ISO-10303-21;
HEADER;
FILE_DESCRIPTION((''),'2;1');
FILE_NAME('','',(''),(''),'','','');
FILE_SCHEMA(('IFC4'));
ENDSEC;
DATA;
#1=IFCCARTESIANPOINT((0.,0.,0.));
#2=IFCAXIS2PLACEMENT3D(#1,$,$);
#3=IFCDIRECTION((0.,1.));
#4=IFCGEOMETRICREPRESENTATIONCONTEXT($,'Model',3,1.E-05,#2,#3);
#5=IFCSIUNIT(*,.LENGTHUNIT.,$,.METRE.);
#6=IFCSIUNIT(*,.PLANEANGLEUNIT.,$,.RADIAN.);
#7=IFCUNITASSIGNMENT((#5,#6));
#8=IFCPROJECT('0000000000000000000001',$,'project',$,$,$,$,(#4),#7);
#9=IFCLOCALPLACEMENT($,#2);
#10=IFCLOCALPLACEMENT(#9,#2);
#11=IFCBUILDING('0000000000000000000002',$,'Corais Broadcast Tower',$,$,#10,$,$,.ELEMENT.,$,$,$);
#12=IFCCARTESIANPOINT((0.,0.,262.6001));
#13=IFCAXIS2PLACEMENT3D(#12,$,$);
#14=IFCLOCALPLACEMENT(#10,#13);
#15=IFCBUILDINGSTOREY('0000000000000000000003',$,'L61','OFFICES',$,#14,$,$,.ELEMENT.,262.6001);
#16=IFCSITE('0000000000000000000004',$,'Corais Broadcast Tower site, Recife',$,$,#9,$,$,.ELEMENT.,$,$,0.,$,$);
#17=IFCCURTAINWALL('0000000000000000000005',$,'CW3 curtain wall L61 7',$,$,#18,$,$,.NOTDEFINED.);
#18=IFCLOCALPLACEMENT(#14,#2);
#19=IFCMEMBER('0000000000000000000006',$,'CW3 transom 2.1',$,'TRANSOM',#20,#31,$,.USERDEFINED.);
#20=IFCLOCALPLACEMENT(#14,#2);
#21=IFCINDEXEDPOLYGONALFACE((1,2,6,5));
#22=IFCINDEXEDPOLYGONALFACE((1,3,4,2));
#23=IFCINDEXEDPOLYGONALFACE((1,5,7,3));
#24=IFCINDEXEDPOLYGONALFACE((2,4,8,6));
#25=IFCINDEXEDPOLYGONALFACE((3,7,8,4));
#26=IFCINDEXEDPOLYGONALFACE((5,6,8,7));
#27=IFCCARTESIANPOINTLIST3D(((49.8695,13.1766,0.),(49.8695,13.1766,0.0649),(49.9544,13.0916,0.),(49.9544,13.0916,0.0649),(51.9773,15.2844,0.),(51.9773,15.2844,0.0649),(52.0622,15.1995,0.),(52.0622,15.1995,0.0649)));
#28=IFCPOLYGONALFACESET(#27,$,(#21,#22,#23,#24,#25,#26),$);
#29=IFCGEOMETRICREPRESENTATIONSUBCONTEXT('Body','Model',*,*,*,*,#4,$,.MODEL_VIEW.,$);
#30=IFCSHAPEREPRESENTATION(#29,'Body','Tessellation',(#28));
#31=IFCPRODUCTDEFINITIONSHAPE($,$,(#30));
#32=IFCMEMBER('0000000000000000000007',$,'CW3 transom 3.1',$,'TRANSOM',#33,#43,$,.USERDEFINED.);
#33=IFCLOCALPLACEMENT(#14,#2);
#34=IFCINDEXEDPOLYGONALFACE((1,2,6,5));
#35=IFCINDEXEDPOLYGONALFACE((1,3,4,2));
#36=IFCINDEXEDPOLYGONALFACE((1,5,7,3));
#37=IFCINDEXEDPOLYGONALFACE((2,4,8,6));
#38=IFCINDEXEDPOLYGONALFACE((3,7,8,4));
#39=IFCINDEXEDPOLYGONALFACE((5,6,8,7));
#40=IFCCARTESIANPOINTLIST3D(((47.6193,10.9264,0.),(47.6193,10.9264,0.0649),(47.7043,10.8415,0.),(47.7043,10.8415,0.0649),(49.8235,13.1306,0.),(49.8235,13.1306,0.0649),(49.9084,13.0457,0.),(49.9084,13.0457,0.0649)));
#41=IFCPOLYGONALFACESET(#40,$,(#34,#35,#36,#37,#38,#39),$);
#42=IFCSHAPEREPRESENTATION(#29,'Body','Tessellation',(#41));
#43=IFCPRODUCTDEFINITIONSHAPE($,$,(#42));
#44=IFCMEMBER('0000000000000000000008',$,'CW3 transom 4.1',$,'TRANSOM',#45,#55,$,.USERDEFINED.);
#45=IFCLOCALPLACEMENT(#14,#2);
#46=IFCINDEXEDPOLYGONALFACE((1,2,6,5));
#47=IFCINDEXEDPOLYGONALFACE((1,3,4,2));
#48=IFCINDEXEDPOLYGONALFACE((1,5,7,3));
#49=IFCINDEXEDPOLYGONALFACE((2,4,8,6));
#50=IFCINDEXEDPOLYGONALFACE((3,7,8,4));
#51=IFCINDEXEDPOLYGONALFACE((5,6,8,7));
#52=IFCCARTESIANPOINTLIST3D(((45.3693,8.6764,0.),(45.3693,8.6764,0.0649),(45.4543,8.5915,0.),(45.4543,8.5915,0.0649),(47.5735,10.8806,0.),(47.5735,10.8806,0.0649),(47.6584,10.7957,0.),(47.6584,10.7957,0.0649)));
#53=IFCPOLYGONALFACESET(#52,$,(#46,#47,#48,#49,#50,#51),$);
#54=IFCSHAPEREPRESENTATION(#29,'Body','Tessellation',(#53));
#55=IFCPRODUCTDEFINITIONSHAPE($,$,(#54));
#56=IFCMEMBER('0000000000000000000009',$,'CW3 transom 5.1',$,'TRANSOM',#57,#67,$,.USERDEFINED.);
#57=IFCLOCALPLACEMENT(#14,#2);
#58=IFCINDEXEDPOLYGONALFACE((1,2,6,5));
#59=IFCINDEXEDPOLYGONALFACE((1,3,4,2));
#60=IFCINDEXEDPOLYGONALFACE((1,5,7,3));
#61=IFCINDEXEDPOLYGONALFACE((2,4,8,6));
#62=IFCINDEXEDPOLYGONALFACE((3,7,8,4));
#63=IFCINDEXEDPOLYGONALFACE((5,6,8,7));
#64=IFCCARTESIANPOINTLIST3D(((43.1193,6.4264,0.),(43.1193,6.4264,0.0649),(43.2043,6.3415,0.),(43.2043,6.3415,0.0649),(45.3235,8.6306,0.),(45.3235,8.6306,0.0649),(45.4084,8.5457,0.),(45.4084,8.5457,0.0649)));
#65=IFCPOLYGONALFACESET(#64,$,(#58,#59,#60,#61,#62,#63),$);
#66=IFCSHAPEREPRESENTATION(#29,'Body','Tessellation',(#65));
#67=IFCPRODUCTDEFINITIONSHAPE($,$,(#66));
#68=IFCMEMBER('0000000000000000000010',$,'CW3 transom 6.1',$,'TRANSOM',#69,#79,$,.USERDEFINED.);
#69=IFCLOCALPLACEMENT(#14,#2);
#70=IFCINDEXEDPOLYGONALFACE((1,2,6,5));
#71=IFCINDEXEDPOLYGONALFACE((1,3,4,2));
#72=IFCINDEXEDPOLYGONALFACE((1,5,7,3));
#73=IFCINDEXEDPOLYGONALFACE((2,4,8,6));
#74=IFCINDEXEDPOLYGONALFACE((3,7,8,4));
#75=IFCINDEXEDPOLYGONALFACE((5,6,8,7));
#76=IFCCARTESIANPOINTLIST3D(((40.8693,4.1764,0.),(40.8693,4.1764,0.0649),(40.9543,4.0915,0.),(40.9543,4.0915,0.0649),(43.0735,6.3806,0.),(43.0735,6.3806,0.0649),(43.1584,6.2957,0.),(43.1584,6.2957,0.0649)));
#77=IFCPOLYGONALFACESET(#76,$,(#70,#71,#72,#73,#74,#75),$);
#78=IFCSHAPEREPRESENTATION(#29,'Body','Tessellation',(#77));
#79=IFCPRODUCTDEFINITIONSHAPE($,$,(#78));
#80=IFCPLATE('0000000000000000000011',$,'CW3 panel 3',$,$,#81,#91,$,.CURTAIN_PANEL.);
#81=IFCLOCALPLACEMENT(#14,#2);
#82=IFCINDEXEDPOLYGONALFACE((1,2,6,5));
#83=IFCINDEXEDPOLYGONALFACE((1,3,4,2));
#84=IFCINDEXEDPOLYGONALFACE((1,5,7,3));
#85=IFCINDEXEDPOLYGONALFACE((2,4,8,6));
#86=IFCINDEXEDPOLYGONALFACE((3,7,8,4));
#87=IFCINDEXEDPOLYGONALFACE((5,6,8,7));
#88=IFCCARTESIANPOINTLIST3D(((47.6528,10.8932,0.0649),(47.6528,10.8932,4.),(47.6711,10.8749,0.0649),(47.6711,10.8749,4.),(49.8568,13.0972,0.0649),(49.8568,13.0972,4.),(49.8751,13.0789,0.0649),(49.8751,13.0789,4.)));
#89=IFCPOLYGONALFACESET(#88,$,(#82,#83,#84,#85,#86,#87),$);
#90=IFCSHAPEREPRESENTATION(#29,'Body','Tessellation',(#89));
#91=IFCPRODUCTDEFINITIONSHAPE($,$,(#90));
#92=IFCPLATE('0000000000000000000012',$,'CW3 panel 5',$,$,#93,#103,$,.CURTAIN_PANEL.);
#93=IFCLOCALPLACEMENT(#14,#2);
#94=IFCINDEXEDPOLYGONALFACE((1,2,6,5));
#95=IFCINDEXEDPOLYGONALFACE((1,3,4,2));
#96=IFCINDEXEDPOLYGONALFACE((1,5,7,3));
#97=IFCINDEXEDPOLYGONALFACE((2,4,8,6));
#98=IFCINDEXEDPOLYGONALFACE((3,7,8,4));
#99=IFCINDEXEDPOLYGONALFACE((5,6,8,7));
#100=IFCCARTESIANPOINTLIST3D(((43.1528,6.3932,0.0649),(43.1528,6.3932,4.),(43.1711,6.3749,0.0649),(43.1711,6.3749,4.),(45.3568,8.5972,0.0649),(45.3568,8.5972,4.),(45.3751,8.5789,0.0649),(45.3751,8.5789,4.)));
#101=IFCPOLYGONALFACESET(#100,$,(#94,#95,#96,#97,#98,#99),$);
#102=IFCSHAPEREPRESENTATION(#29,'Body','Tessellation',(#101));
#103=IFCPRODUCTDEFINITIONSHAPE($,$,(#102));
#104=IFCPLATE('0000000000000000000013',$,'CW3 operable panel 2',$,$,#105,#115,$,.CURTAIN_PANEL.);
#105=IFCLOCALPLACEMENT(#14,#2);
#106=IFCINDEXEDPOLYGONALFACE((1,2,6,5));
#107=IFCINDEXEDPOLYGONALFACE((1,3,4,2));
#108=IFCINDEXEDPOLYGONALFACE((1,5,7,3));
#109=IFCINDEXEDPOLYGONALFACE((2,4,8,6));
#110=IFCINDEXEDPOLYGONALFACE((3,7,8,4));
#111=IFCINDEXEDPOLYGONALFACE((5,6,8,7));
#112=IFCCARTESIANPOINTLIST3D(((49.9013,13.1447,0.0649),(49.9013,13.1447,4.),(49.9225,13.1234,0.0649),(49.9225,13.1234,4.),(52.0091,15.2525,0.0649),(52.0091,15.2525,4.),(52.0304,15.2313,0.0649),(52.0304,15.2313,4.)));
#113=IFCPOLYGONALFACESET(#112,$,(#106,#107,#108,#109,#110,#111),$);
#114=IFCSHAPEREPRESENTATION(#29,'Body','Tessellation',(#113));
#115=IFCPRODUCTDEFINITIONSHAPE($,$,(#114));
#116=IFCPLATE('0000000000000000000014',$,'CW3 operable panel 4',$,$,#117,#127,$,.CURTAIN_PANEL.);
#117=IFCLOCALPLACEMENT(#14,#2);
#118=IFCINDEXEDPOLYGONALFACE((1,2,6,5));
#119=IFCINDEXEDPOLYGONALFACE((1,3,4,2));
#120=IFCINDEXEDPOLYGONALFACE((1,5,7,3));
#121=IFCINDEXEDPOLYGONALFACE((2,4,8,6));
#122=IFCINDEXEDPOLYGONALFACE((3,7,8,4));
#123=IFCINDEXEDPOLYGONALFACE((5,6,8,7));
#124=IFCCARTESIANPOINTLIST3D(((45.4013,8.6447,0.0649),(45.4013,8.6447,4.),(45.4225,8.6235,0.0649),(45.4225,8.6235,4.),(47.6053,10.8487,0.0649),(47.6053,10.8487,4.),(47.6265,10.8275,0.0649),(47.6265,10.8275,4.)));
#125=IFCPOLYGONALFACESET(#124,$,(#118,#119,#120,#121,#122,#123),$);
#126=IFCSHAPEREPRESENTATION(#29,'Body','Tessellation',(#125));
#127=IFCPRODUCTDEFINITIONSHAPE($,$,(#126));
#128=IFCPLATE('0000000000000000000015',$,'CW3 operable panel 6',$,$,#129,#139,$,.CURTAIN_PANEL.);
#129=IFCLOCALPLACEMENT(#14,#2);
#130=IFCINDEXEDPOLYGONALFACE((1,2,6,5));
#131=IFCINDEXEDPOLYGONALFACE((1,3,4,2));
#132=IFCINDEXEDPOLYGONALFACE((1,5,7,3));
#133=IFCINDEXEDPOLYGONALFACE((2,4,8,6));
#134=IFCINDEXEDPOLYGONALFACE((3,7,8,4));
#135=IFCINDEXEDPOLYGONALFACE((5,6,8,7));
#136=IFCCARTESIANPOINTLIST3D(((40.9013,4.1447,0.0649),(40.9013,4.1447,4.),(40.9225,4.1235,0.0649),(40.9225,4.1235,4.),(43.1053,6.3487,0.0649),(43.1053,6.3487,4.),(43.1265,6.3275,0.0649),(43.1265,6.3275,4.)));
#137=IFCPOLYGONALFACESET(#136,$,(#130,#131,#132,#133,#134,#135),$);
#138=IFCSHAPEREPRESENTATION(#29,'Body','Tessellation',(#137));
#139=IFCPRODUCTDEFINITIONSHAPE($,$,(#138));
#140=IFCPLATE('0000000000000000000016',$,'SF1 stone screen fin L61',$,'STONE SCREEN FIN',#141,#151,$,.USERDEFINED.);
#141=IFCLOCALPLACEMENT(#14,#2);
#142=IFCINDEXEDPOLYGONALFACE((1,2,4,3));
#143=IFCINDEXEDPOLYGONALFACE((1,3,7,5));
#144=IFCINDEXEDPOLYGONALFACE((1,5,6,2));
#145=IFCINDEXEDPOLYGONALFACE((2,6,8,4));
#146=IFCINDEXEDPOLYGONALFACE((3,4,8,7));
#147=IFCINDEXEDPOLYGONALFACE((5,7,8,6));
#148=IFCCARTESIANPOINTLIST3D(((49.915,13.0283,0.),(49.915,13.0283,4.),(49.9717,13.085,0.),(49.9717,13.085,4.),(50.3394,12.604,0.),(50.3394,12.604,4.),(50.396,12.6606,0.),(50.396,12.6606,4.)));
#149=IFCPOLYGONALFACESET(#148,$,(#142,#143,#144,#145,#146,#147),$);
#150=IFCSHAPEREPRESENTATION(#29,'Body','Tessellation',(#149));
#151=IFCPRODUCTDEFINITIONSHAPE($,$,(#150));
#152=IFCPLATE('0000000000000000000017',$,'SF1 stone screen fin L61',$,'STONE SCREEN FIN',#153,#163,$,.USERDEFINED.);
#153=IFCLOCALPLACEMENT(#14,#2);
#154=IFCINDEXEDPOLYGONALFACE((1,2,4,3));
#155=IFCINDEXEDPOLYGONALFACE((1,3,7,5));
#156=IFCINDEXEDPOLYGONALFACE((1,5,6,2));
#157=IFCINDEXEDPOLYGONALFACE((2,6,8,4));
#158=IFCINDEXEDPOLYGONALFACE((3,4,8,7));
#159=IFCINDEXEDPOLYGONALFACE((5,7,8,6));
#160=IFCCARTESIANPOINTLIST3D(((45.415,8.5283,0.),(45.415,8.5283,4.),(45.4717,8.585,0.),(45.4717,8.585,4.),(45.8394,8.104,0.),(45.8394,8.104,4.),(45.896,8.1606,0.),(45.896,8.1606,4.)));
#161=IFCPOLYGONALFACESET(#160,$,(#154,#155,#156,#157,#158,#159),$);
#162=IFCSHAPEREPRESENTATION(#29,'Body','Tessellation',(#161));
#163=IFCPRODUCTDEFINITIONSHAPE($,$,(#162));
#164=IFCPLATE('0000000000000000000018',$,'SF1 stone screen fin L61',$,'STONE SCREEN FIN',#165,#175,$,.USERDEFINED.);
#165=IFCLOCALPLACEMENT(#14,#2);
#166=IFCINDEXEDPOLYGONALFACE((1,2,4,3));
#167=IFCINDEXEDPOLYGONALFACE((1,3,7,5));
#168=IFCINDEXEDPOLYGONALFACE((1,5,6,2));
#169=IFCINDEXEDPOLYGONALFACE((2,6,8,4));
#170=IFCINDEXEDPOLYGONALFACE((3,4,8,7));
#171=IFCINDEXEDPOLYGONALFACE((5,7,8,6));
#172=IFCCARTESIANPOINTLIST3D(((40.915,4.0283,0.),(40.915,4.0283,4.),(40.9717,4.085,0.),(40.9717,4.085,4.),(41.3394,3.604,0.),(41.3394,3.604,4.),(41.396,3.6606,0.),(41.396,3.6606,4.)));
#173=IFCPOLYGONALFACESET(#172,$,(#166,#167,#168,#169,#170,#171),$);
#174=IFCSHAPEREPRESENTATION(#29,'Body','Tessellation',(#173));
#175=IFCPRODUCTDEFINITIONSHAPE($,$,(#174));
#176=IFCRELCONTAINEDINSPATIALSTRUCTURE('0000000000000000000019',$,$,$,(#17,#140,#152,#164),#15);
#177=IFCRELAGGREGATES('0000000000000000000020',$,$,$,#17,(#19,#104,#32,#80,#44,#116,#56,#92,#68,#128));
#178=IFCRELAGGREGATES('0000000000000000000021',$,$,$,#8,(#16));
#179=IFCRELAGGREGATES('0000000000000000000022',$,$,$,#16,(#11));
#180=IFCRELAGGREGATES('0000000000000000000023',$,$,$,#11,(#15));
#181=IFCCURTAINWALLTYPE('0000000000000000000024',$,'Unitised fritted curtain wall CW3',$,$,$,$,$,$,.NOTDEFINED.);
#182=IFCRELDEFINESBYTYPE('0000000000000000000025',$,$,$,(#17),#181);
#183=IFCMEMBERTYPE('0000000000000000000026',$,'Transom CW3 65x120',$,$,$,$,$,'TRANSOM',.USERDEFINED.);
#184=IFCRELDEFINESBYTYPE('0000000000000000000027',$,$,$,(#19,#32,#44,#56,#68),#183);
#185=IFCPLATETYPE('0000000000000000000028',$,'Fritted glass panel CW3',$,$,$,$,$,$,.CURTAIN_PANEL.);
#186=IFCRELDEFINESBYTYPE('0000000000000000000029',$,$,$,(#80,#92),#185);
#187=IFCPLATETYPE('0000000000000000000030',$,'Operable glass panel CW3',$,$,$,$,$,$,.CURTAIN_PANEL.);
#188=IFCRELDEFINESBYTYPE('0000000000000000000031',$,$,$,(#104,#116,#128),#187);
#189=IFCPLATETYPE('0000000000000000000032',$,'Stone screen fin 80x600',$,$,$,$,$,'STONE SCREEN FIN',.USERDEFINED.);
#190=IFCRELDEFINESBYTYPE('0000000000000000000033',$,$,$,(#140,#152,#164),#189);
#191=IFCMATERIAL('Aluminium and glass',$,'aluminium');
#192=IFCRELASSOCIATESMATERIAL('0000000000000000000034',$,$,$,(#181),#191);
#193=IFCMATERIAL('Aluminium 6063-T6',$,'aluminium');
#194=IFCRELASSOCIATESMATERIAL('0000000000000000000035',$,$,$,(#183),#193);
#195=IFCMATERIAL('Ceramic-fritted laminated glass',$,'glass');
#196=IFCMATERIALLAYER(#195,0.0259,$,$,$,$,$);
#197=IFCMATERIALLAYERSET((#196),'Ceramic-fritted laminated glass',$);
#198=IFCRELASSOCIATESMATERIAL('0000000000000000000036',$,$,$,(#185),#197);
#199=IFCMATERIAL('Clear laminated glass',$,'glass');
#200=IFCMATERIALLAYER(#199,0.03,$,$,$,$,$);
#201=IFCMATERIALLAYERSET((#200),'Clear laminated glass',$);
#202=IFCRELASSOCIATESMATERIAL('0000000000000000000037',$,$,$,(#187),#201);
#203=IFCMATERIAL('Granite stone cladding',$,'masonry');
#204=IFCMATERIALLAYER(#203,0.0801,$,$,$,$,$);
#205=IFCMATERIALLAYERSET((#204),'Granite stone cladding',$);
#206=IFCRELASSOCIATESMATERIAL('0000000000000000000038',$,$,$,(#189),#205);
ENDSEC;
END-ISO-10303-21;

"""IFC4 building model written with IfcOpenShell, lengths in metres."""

from ifc_helpers import new_model, si_unit, direction, frame, origin, origin_2d, place, context, subcontext, project, spatial, rectangle, extrude, material, layer, layer_set, material_profile, profile_set, type_object, element, aggregate, save


model = new_model("IFC4")

# Units and contexts
model_context = context("Model", 3, precision=1e-05, world=origin(), true_north=direction((0.0, 1.0)))
body_context = subcontext(model_context, "Body", "Model", "MODEL_VIEW")
ifc_project = project(units=[si_unit("LENGTHUNIT", "METRE"), si_unit("PLANEANGLEUNIT", "RADIAN")], contexts=[model_context])

# Site, building, storey
site_placement = place(None, origin())
site = spatial("IfcSite", under=ifc_project, at=site_placement, Name="Corais Broadcast Tower site, Recife", CompositionType="ELEMENT", RefElevation=0.0)
building_placement = place(site_placement, origin())
building = spatial("IfcBuilding", under=site, at=building_placement, Name="Corais Broadcast Tower", CompositionType="ELEMENT")
storey_placement = place(building_placement, frame((0.0, 0.0, 262.6001)))
storey = spatial("IfcBuildingStorey", under=building, at=storey_placement, Name="L61", Description="OFFICES", CompositionType="ELEMENT", Elevation=262.6001)

# Curtain wall
ifc_material_1 = material(Name="Aluminium and glass", Category="aluminium")
curtain_wall_type = type_object("IfcCurtainWallType", Name="Unitised fritted curtain wall CW3", PredefinedType="NOTDEFINED", material=ifc_material_1)
curtain_wall_placement = place(storey_placement, origin())
curtain_wall = element("IfcCurtainWall", 1, at=curtain_wall_placement, inside=storey, type_object=curtain_wall_type, Name="CW3 curtain wall L61 7", PredefinedType="NOTDEFINED")

# Members
ifc_material_2 = material(Name="Aluminium 6063-T6", Category="aluminium")
ifc_material_profile_1 = material_profile(ifc_material_2, rectangle(XDim=0.1201, YDim=0.0649, at=origin_2d()), Name="Transom CW3 65x120")
ifc_profile_set_1 = profile_set([ifc_material_profile_1], Name="Aluminium 6063-T6")
member_type_1 = type_object("IfcMemberType", Name="Transom CW3 65x120", ElementType="TRANSOM", PredefinedType="USERDEFINED", material=ifc_profile_set_1)
member_1_placement = place(storey_placement, frame((52.0198, 15.2419, 0.0325), z_axis=(-0.707107, -0.707107, 0.0), x_axis=(0.707107, -0.707107, 0.0)))
member_1 = element("IfcMember", 2, at=member_1_placement, type_object=member_type_1, Name="CW3 transom 2.1", ObjectType="TRANSOM", PredefinedType="USERDEFINED", context=body_context, shape_type="SweptSolid", body=[
    extrude(rectangle(XDim=0.1201, YDim=0.0649, at=origin_2d()), origin(), (0.0, 0.0, 1.0), 2.981),
])
member_2_placement = place(storey_placement, frame((49.866, 13.0881, 0.0325), z_axis=(-0.707107, -0.707107, 0.0), x_axis=(0.707107, -0.707107, 0.0)))
member_2 = element("IfcMember", 3, at=member_2_placement, type_object=member_type_1, Name="CW3 transom 3.1", ObjectType="TRANSOM", PredefinedType="USERDEFINED", context=body_context, shape_type="SweptSolid", body=[
    extrude(rectangle(XDim=0.1201, YDim=0.0649, at=origin_2d()), origin(), (0.0, 0.0, 1.0), 3.1172),
])
member_3_placement = place(storey_placement, frame((47.616, 10.8381, 0.0325), z_axis=(-0.707107, -0.707107, 0.0), x_axis=(0.707107, -0.707107, 0.0)))
member_3 = element("IfcMember", 4, at=member_3_placement, type_object=member_type_1, Name="CW3 transom 4.1", ObjectType="TRANSOM", PredefinedType="USERDEFINED", context=body_context, shape_type="SweptSolid", body=[
    extrude(rectangle(XDim=0.1201, YDim=0.0649, at=origin_2d()), origin(), (0.0, 0.0, 1.0), 3.1172),
])
member_4_placement = place(storey_placement, frame((45.366, 8.5881, 0.0325), z_axis=(-0.707107, -0.707107, 0.0), x_axis=(0.707107, -0.707107, 0.0)))
member_4 = element("IfcMember", 5, at=member_4_placement, type_object=member_type_1, Name="CW3 transom 5.1", ObjectType="TRANSOM", PredefinedType="USERDEFINED", context=body_context, shape_type="SweptSolid", body=[
    extrude(rectangle(XDim=0.1201, YDim=0.0649, at=origin_2d()), origin(), (0.0, 0.0, 1.0), 3.1172),
])
member_5_placement = place(storey_placement, frame((43.116, 6.3381, 0.0325), z_axis=(-0.707107, -0.707107, 0.0), x_axis=(0.707107, -0.707107, 0.0)))
member_5 = element("IfcMember", 6, at=member_5_placement, type_object=member_type_1, Name="CW3 transom 6.1", ObjectType="TRANSOM", PredefinedType="USERDEFINED", context=body_context, shape_type="SweptSolid", body=[
    extrude(rectangle(XDim=0.1201, YDim=0.0649, at=origin_2d()), origin(), (0.0, 0.0, 1.0), 3.1172),
])

# Plates
ifc_material_3 = material(Name="Ceramic-fritted laminated glass", Category="glass")
ifc_layer_1 = layer(ifc_material_3, 0.0259)
ifc_layer_set_1 = layer_set([ifc_layer_1], Name="Ceramic-fritted laminated glass")
plate_type_1 = type_object("IfcPlateType", Name="Fritted glass panel CW3", PredefinedType="CURTAIN_PANEL", material=ifc_layer_set_1)
plate_1_placement = place(storey_placement, frame((48.7639, 11.9861, 0.0649), z_axis=(0.0, 0.0, 1.0), x_axis=(-0.707107, -0.707107, 0.0)))
plate_1 = element("IfcPlate", 7, at=plate_1_placement, type_object=plate_type_1, Name="CW3 panel 3", PredefinedType="CURTAIN_PANEL", context=body_context, shape_type="SweptSolid", body=[
    extrude(rectangle(XDim=3.1169, YDim=0.0259, at=origin_2d()), origin(), (0.0, 0.0, 1.0), 3.9351),
])
plate_2_placement = place(storey_placement, frame((44.2639, 7.4861, 0.0649), z_axis=(0.0, 0.0, 1.0), x_axis=(-0.707107, -0.707107, 0.0)))
plate_2 = element("IfcPlate", 8, at=plate_2_placement, type_object=plate_type_1, Name="CW3 panel 5", PredefinedType="CURTAIN_PANEL", context=body_context, shape_type="SweptSolid", body=[
    extrude(rectangle(XDim=3.1169, YDim=0.0259, at=origin_2d()), origin(), (0.0, 0.0, 1.0), 3.9351),
])
ifc_material_4 = material(Name="Clear laminated glass", Category="glass")
ifc_layer_2 = layer(ifc_material_4, 0.03)
ifc_layer_set_2 = layer_set([ifc_layer_2], Name="Clear laminated glass")
plate_type_2 = type_object("IfcPlateType", Name="Operable glass panel CW3", PredefinedType="CURTAIN_PANEL", material=ifc_layer_set_2)
plate_3_placement = place(storey_placement, frame((50.9658, 14.188, 0.0649), z_axis=(0.0, 0.0, 1.0), x_axis=(-0.707107, -0.707107, 0.0)))
plate_3 = element("IfcPlate", 9, at=plate_3_placement, type_object=plate_type_2, Name="CW3 operable panel 2", PredefinedType="CURTAIN_PANEL", context=body_context, shape_type="SweptSolid", body=[
    extrude(rectangle(XDim=2.981, YDim=0.03, at=origin_2d()), origin(), (0.0, 0.0, 1.0), 3.9351),
])
plate_4_placement = place(storey_placement, frame((46.5139, 9.7361, 0.0649), z_axis=(0.0, 0.0, 1.0), x_axis=(-0.707107, -0.707107, 0.0)))
plate_4 = element("IfcPlate", 10, at=plate_4_placement, type_object=plate_type_2, Name="CW3 operable panel 4", PredefinedType="CURTAIN_PANEL", context=body_context, shape_type="SweptSolid", body=[
    extrude(rectangle(XDim=3.1169, YDim=0.03, at=origin_2d()), origin(), (0.0, 0.0, 1.0), 3.9351),
])
plate_5_placement = place(storey_placement, frame((42.0139, 5.2361, 0.0649), z_axis=(0.0, 0.0, 1.0), x_axis=(-0.707107, -0.707107, 0.0)))
plate_5 = element("IfcPlate", 11, at=plate_5_placement, type_object=plate_type_2, Name="CW3 operable panel 6", PredefinedType="CURTAIN_PANEL", context=body_context, shape_type="SweptSolid", body=[
    extrude(rectangle(XDim=3.1169, YDim=0.03, at=origin_2d()), origin(), (0.0, 0.0, 1.0), 3.9351),
])
aggregate(curtain_wall, [member_1, plate_3, member_2, plate_1, member_3, plate_4, member_4, plate_2, member_5, plate_5])

# Plates
ifc_material_5 = material(Name="Granite stone cladding", Category="masonry")
ifc_layer_3 = layer(ifc_material_5, 0.0801)
ifc_layer_set_3 = layer_set([ifc_layer_3], Name="Granite stone cladding")
plate_type_3 = type_object("IfcPlateType", Name="Stone screen fin 80x600", ElementType="STONE SCREEN FIN", PredefinedType="USERDEFINED", material=ifc_layer_set_3)
for number, where, z_axis, x_axis, name in (
    (12, (50.1555, 12.8445, 0.0), (0.0, 0.0, 1.0), (-0.707107, -0.707107, 0.0), "SF1 stone screen fin L61"),
    (13, (45.6555, 8.3445, 0.0), (0.0, 0.0, 1.0), (-0.707107, -0.707107, 0.0), "SF1 stone screen fin L61"),
    (14, (41.1555, 3.8445, 0.0), (0.0, 0.0, 1.0), (-0.707107, -0.707107, 0.0), "SF1 stone screen fin L61"),
):
    element("IfcPlate", number, at=place(storey_placement, frame(where, z_axis=z_axis, x_axis=x_axis)), inside=storey, type_object=plate_type_3, Name=name, ObjectType="STONE SCREEN FIN", PredefinedType="USERDEFINED", context=body_context, shape_type="SweptSolid", body=[
        extrude(rectangle(XDim=0.0801, YDim=0.6001, at=origin_2d()), origin(), (0.0, 0.0, 1.0), 4.0),
    ])

save(model, "model.ifc")
